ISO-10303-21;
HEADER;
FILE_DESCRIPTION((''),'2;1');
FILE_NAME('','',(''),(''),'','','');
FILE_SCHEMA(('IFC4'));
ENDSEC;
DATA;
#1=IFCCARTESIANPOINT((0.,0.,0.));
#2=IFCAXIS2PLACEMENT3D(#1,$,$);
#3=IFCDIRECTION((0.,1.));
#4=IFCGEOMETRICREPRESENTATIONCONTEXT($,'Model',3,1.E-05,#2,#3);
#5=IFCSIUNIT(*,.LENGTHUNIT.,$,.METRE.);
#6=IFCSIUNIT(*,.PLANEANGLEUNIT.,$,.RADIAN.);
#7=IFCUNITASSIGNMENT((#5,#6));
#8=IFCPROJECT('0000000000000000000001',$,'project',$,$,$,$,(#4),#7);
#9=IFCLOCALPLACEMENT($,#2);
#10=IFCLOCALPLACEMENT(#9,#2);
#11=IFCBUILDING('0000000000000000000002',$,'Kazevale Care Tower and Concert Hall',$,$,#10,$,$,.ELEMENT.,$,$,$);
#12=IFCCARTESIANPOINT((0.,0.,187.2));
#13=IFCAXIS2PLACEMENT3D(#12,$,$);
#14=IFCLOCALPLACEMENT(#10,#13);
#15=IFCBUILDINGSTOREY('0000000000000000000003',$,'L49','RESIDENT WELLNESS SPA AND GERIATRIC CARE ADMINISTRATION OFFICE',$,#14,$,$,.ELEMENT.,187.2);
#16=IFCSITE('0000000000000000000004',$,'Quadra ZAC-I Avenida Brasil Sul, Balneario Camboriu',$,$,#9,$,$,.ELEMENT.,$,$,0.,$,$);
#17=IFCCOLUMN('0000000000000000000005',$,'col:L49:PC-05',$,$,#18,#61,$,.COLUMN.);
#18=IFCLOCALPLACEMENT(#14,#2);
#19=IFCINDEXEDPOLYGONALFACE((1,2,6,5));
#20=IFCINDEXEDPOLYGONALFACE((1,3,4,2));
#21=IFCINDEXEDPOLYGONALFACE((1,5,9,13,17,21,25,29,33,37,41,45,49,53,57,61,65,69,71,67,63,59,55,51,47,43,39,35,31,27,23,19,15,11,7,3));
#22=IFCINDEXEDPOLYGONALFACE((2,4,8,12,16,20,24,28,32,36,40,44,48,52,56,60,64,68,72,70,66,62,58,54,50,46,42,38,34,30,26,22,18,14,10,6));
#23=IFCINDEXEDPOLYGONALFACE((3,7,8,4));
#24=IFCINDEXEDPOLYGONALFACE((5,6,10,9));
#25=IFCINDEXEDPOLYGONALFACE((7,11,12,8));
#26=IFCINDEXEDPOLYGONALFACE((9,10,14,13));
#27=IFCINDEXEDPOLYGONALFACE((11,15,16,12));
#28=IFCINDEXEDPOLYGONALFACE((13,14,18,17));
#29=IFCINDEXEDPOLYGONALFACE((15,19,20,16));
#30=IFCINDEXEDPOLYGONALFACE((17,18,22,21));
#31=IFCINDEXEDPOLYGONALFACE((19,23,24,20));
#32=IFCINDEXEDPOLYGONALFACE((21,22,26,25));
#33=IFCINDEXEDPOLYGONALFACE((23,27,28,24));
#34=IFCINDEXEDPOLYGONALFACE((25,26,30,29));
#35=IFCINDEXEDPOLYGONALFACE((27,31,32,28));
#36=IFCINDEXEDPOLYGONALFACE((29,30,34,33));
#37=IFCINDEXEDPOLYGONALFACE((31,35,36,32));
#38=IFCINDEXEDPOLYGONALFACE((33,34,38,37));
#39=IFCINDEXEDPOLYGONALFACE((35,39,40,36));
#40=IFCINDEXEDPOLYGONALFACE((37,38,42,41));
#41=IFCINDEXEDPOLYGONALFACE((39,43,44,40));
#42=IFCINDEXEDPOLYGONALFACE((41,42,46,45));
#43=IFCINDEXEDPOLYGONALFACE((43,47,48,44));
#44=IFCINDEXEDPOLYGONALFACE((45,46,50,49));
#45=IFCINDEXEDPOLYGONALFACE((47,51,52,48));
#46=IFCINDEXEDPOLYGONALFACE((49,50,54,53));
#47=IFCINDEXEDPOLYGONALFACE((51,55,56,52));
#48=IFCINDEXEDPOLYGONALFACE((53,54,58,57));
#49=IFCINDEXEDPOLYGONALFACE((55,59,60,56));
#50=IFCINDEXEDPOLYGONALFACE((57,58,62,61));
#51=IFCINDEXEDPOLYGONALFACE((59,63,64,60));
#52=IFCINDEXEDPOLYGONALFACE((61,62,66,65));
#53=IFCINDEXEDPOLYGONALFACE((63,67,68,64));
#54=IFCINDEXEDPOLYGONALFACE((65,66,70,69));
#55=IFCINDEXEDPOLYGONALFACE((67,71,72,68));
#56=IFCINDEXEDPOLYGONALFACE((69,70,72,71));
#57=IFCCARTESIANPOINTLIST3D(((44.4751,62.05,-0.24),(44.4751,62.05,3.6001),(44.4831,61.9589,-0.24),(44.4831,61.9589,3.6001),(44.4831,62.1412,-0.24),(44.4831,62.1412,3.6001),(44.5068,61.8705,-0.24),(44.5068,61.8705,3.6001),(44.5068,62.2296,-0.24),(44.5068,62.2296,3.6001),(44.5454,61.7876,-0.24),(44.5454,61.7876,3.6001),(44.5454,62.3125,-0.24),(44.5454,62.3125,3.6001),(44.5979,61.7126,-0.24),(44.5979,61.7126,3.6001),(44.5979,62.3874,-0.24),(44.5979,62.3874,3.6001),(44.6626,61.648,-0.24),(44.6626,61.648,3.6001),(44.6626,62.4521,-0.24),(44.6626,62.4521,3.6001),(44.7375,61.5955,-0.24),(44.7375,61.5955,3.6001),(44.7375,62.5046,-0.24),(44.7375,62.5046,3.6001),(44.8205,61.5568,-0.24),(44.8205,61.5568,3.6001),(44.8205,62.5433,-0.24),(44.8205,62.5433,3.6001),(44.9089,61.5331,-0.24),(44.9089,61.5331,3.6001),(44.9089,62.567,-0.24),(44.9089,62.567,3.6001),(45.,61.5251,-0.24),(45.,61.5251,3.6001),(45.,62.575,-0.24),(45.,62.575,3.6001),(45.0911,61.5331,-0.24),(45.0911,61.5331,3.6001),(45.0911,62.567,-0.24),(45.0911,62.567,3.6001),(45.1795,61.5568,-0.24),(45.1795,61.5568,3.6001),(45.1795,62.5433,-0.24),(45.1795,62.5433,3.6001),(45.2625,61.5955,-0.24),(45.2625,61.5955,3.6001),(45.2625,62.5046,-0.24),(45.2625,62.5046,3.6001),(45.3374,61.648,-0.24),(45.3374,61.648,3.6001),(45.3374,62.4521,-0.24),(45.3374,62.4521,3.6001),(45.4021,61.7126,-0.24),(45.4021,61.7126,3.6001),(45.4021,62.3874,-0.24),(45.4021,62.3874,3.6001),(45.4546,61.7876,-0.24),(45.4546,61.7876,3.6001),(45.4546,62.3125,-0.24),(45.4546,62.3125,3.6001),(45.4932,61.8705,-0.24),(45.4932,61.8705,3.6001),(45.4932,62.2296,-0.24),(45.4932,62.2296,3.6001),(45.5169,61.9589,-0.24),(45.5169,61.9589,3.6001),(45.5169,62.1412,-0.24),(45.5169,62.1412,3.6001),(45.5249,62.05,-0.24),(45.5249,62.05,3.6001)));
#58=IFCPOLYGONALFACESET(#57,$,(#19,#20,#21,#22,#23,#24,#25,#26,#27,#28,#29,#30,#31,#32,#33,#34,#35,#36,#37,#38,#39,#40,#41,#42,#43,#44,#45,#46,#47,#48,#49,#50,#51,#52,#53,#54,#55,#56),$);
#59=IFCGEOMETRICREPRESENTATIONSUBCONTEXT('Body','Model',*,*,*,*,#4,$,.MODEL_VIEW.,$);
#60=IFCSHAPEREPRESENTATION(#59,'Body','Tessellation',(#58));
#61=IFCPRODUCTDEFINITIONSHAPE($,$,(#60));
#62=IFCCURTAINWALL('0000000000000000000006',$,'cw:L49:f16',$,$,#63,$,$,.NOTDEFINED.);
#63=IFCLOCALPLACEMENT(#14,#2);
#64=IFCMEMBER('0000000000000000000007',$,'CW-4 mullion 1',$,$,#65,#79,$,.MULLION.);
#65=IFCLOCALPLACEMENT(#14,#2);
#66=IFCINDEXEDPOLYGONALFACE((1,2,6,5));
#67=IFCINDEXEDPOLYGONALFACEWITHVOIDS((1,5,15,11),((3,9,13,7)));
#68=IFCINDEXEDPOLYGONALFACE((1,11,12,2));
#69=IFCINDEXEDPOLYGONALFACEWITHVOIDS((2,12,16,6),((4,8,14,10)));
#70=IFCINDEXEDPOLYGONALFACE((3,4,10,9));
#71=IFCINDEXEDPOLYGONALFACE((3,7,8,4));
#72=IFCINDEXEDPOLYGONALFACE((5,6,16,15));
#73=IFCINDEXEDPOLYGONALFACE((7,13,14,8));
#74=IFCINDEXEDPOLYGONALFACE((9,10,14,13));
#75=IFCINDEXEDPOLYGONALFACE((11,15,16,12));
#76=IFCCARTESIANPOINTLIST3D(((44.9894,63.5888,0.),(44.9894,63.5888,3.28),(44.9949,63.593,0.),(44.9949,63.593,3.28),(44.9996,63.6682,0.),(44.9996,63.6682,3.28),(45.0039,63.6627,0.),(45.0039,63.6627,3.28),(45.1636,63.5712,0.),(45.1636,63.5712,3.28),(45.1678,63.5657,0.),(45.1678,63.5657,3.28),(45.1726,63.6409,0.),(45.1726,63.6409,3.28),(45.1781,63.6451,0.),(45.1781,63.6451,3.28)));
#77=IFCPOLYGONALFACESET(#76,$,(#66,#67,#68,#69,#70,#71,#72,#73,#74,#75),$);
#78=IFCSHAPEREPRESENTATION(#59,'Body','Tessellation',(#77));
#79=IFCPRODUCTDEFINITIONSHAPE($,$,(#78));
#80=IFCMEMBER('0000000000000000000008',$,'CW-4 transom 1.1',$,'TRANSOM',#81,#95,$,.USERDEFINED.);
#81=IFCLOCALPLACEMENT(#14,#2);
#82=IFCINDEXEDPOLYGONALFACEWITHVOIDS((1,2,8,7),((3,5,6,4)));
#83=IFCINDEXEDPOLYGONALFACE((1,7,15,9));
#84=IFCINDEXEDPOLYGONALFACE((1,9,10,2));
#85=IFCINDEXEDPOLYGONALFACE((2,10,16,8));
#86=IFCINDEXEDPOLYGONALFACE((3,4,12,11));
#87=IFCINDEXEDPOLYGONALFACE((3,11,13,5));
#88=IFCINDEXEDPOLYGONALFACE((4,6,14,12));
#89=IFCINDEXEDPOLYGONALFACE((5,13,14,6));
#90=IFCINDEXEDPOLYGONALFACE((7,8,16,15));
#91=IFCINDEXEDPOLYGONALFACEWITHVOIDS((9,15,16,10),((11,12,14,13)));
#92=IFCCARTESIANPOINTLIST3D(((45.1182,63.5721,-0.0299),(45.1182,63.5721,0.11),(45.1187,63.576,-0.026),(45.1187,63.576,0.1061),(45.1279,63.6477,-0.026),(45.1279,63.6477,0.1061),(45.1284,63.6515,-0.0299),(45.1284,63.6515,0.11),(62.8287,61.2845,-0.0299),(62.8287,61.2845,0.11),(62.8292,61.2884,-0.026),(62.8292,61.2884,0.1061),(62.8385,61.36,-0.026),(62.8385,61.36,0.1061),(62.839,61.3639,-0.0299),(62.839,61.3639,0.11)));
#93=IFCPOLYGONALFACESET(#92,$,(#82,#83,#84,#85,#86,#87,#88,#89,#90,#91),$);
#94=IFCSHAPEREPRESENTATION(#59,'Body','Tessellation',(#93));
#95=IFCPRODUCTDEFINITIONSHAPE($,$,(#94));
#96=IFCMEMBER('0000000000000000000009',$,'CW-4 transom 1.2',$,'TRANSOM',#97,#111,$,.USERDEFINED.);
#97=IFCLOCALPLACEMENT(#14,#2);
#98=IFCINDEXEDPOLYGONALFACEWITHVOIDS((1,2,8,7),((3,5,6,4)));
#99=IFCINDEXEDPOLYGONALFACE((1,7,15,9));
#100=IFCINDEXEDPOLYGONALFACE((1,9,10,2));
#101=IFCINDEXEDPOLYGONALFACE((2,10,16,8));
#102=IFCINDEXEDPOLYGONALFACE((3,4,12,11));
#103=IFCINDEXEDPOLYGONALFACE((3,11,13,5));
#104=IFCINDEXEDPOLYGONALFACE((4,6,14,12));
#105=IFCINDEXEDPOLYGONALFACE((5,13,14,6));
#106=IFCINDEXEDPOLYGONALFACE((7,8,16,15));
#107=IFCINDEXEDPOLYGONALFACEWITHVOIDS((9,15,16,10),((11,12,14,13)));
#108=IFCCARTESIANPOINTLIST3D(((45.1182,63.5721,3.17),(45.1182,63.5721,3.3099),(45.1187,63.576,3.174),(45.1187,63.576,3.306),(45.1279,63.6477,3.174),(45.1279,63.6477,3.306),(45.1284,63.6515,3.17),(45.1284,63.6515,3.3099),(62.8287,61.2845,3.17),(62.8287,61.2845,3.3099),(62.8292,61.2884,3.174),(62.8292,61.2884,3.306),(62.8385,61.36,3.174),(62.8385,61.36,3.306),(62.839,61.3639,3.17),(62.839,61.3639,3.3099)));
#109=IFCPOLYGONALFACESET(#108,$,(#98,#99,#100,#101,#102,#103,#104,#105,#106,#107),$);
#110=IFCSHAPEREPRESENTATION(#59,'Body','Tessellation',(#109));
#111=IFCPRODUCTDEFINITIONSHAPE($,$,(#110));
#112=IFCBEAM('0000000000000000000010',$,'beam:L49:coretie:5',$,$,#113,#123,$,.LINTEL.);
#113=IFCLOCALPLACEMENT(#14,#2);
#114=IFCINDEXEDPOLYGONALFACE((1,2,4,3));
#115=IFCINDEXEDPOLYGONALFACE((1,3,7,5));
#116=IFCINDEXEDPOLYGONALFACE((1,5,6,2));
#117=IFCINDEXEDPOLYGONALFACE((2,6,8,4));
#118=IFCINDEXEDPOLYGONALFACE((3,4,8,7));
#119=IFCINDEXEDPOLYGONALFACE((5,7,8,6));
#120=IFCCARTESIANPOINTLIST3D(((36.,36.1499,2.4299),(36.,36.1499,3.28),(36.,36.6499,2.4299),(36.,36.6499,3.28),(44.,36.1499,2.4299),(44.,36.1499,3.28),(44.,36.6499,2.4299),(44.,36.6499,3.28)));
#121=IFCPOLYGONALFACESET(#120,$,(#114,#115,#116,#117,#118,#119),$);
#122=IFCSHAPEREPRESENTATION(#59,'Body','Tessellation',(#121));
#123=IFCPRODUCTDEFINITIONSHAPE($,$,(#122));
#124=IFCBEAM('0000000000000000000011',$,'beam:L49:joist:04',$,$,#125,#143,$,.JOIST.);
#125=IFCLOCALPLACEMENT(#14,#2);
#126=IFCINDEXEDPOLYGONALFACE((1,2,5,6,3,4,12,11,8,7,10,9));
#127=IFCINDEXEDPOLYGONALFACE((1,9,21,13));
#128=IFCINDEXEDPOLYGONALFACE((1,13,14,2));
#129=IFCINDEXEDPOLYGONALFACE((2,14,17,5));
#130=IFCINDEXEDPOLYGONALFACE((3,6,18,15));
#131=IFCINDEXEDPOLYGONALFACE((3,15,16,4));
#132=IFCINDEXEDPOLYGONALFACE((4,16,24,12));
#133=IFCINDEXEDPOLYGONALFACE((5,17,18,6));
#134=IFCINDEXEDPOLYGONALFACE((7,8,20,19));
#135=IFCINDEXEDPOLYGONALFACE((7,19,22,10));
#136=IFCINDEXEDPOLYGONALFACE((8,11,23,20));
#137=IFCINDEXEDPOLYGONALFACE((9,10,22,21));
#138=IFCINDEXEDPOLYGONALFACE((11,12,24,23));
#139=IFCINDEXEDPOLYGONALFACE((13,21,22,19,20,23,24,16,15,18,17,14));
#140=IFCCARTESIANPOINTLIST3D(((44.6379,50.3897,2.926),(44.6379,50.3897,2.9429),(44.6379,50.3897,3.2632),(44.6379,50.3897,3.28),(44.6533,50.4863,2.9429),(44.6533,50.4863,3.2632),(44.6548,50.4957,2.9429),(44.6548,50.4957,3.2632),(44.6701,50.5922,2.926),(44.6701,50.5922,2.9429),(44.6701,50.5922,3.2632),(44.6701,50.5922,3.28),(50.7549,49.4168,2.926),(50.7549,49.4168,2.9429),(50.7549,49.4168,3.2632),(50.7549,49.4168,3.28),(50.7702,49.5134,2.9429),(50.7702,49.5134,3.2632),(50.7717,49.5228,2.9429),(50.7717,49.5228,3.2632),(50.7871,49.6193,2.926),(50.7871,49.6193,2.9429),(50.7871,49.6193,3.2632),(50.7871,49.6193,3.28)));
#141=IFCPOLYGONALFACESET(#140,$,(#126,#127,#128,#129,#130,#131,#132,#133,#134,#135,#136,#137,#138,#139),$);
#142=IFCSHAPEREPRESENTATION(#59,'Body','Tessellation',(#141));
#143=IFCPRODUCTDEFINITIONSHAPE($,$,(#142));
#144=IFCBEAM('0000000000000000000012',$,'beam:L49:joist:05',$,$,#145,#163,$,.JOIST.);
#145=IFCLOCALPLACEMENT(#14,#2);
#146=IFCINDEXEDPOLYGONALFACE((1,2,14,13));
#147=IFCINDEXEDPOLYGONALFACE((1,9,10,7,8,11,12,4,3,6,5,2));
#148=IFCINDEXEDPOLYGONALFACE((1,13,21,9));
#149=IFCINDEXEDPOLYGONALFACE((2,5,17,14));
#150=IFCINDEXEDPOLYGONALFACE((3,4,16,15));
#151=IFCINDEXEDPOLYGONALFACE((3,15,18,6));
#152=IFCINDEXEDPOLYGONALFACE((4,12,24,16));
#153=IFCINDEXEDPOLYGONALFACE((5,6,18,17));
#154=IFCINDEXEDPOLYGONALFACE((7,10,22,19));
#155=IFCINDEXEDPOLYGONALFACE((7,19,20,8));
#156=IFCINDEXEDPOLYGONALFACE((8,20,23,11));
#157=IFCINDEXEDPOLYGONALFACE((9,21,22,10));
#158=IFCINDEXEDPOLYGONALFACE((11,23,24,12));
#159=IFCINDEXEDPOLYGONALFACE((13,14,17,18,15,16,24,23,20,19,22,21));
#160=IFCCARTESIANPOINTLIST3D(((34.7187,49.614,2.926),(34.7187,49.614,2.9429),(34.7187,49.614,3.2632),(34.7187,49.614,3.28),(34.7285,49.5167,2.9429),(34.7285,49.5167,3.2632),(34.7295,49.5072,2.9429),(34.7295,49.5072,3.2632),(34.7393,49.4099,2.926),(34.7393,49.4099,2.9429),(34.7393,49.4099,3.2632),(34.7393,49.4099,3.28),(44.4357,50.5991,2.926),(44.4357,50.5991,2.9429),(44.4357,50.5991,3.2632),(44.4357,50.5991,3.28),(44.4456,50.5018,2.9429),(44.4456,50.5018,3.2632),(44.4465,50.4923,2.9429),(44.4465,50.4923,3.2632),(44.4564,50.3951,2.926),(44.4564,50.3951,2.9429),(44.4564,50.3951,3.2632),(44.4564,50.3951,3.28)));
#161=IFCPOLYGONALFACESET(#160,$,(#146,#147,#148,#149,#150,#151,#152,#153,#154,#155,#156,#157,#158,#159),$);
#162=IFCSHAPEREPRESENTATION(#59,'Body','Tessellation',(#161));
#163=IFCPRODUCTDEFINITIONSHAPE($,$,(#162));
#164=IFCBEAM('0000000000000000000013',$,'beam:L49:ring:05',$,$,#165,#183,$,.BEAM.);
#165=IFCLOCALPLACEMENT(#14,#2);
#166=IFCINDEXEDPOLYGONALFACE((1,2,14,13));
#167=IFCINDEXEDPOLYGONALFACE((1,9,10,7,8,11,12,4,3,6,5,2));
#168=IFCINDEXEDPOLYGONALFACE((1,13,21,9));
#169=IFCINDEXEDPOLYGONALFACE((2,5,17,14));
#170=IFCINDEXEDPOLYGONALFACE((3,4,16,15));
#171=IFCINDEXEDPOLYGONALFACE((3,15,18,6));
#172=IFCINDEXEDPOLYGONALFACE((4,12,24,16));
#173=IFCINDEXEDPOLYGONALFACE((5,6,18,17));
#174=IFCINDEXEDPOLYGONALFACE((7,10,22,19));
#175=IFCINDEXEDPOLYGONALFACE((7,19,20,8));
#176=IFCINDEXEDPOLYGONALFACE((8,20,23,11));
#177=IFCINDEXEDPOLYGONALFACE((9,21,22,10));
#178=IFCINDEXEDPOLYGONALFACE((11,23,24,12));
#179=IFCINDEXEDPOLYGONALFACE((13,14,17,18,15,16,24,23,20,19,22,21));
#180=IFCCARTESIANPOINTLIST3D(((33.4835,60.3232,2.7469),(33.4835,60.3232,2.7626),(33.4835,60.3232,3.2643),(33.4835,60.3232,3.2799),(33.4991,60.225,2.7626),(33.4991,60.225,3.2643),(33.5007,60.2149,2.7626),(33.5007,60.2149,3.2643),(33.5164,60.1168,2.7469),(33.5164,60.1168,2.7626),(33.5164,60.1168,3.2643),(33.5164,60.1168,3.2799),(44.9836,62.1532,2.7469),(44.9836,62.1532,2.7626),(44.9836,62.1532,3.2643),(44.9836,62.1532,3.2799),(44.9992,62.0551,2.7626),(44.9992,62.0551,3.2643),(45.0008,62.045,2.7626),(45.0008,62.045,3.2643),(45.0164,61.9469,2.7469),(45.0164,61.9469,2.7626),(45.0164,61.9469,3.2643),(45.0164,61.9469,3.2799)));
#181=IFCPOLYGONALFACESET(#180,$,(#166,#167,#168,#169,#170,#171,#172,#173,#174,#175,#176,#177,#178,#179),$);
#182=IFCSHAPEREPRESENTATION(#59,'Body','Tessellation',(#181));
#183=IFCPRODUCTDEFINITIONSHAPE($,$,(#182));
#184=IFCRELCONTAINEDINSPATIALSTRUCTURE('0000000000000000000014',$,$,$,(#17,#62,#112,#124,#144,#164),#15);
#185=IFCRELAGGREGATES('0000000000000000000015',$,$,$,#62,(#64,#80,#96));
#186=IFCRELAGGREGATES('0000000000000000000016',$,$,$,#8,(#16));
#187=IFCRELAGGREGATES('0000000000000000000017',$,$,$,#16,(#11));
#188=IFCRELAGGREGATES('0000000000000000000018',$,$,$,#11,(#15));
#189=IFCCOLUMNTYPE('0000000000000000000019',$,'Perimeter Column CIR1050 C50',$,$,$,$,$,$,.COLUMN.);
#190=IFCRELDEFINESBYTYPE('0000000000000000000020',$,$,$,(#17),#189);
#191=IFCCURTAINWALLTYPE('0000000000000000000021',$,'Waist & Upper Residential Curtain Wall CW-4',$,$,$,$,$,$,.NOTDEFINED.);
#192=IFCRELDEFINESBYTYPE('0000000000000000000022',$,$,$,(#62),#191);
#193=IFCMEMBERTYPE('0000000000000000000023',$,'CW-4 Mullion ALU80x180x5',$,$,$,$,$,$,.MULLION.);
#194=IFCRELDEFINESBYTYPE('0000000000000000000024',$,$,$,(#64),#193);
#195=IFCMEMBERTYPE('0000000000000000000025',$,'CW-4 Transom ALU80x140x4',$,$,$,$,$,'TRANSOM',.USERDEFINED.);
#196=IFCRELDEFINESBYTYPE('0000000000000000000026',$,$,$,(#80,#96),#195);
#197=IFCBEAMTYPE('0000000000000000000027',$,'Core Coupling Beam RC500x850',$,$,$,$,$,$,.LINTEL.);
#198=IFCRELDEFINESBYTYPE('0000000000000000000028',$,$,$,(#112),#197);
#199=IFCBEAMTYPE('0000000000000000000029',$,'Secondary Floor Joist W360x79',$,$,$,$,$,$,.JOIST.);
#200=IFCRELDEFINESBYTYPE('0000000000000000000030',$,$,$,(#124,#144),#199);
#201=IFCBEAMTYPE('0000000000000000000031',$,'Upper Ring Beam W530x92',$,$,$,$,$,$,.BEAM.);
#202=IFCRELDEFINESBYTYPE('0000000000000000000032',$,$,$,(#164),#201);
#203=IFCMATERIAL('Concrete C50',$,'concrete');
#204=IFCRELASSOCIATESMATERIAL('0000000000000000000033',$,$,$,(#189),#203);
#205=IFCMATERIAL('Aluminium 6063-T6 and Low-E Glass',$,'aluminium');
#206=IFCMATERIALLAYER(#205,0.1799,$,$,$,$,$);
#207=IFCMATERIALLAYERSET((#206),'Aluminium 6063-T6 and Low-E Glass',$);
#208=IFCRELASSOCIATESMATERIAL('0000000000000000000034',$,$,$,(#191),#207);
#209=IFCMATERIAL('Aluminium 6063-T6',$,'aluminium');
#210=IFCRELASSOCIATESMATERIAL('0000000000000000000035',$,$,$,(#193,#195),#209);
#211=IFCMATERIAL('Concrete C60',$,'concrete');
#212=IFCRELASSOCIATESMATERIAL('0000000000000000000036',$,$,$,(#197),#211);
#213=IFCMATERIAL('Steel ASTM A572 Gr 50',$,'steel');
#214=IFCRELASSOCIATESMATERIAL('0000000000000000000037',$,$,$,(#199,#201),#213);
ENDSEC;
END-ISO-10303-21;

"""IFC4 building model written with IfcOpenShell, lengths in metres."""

from ifc_helpers import new_model, si_unit, direction, frame, origin, origin_2d, place, context, subcontext, project, spatial, rectangle, hollow_rectangle, circle, i_section, extrude, material, layer, layer_set, material_profile, profile_set, type_object, element, aggregate, save


model = new_model("IFC4")

# Units and contexts
model_context = context("Model", 3, precision=1e-05, world=origin(), true_north=direction((0.0, 1.0)))
body_context = subcontext(model_context, "Body", "Model", "MODEL_VIEW")
ifc_project = project(units=[si_unit("LENGTHUNIT", "METRE"), si_unit("PLANEANGLEUNIT", "RADIAN")], contexts=[model_context])

# Site, building, storey
site_placement = place(None, origin())
site = spatial("IfcSite", under=ifc_project, at=site_placement, Name="Quadra ZAC-I Avenida Brasil Sul, Balneario Camboriu", CompositionType="ELEMENT", RefElevation=0.0)
building_placement = place(site_placement, origin())
building = spatial("IfcBuilding", under=site, at=building_placement, Name="Kazevale Care Tower and Concert Hall", CompositionType="ELEMENT")
storey_placement = place(building_placement, frame((0.0, 0.0, 187.2)))
storey = spatial("IfcBuildingStorey", under=building, at=storey_placement, Name="L49", Description="RESIDENT WELLNESS SPA AND GERIATRIC CARE ADMINISTRATION OFFICE", CompositionType="ELEMENT", Elevation=187.2)

# Column
ifc_material_1 = material(Name="Concrete C50", Category="concrete")
ifc_material_profile_1 = material_profile(ifc_material_1, circle(Radius=0.5249, at=origin_2d()), Name="RC-CIR1050")
ifc_profile_set_1 = profile_set([ifc_material_profile_1], Name="Concrete C50")
column_type = type_object("IfcColumnType", Name="Perimeter Column CIR1050 C50", PredefinedType="COLUMN", material=ifc_profile_set_1)
column_placement = place(storey_placement, frame((45.0, 62.05, -0.24), z_axis=(0.0, 0.0, 1.0), x_axis=(1.0, 0.0, 0.0)))
element("IfcColumn", 1, at=column_placement, inside=storey, type_object=column_type, Name="col:L49:PC-05", PredefinedType="COLUMN", context=body_context, shape_type="SweptSolid", body=[
    extrude(circle(Radius=0.5249, at=origin_2d()), origin(), (0.0, 0.0, 1.0), 3.8401),
])

# Curtain wall, members
ifc_material_2 = material(Name="Aluminium 6063-T6 and Low-E Glass", Category="aluminium")
ifc_layer_1 = layer(ifc_material_2, 0.1799)
ifc_layer_set_1 = layer_set([ifc_layer_1], Name="Aluminium 6063-T6 and Low-E Glass")
curtain_wall_type = type_object("IfcCurtainWallType", Name="Waist & Upper Residential Curtain Wall CW-4", PredefinedType="NOTDEFINED", material=ifc_layer_set_1)
curtain_wall_placement = place(storey_placement, origin())
curtain_wall = element("IfcCurtainWall", 2, at=curtain_wall_placement, inside=storey, type_object=curtain_wall_type, Name="cw:L49:f16", PredefinedType="NOTDEFINED")
ifc_material_3 = material(Name="Aluminium 6063-T6", Category="aluminium")
ifc_material_profile_2 = material_profile(ifc_material_3, hollow_rectangle(XDim=0.0801, YDim=0.1799, WallThickness=0.0049, at=origin_2d()), Name="ALU80x180x5")
ifc_profile_set_2 = profile_set([ifc_material_profile_2], Name="Aluminium 6063-T6")
member_type_1 = type_object("IfcMemberType", Name="CW-4 Mullion ALU80x180x5", PredefinedType="MULLION", material=ifc_profile_set_2)
member_1_placement = place(storey_placement, frame((45.0837, 63.6169, 0.0), z_axis=(0.0, 0.0, 1.0), x_axis=(0.128098, 0.991761, 0.0)))
member_1 = element("IfcMember", 3, at=member_1_placement, type_object=member_type_1, Name="CW-4 mullion 1", PredefinedType="MULLION", context=body_context, shape_type="SweptSolid", body=[
    extrude(hollow_rectangle(XDim=0.0801, YDim=0.1799, WallThickness=0.0049, at=origin_2d()), origin(), (0.0, 0.0, 1.0), 3.28),
])
ifc_material_profile_3 = material_profile(ifc_material_3, hollow_rectangle(XDim=0.0801, YDim=0.1399, WallThickness=0.0039, at=origin_2d()), Name="ALU80x140x4")
ifc_profile_set_3 = profile_set([ifc_material_profile_3], Name="Aluminium 6063-T6")
member_type_2 = type_object("IfcMemberType", Name="CW-4 Transom ALU80x140x4", ElementType="TRANSOM", PredefinedType="USERDEFINED", material=ifc_profile_set_3)
member_2_placement = place(storey_placement, frame((45.1233, 63.6118, 0.04), z_axis=(0.991761, -0.128102, 0.0), x_axis=(0.128102, 0.991761, 0.0)))
member_2 = element("IfcMember", 4, at=member_2_placement, type_object=member_type_2, Name="CW-4 transom 1.1", ObjectType="TRANSOM", PredefinedType="USERDEFINED", context=body_context, shape_type="SweptSolid", body=[
    extrude(hollow_rectangle(XDim=0.0801, YDim=0.1399, WallThickness=0.0039, at=origin_2d()), origin(), (0.0, 0.0, 1.0), 17.8577),
])
member_3_placement = place(storey_placement, frame((45.1233, 63.6118, 3.24), z_axis=(0.991761, -0.128102, 0.0), x_axis=(0.128102, 0.991761, 0.0)))
member_3 = element("IfcMember", 5, at=member_3_placement, type_object=member_type_2, Name="CW-4 transom 1.2", ObjectType="TRANSOM", PredefinedType="USERDEFINED", context=body_context, shape_type="SweptSolid", body=[
    extrude(hollow_rectangle(XDim=0.0801, YDim=0.1399, WallThickness=0.0039, at=origin_2d()), origin(), (0.0, 0.0, 1.0), 17.8577),
])
aggregate(curtain_wall, [member_1, member_2, member_3])

# Beams
ifc_material_4 = material(Name="Concrete C60", Category="concrete")
ifc_material_profile_4 = material_profile(ifc_material_4, rectangle(XDim=0.5, YDim=0.8501, at=origin_2d()), Name="RC-B500x850")
ifc_profile_set_4 = profile_set([ifc_material_profile_4], Name="Concrete C60")
beam_type_1 = type_object("IfcBeamType", Name="Core Coupling Beam RC500x850", PredefinedType="LINTEL", material=ifc_profile_set_4)
beam_1_placement = place(storey_placement, frame((44.0, 36.3999, 2.855), z_axis=(-1.0, 0.0, 0.0), x_axis=(0.0, -1.0, 0.0)))
element("IfcBeam", 6, at=beam_1_placement, inside=storey, type_object=beam_type_1, Name="beam:L49:coretie:5", PredefinedType="LINTEL", context=body_context, shape_type="SweptSolid", body=[
    extrude(rectangle(XDim=0.5, YDim=0.8501, at=origin_2d()), origin(), (0.0, 0.0, 1.0), 8.0),
])
ifc_material_5 = material(Name="Steel ASTM A572 Gr 50", Category="steel")
ifc_material_profile_5 = material_profile(ifc_material_5, i_section(OverallWidth=0.2051, OverallDepth=0.354, WebThickness=0.0095, FlangeThickness=0.0168, at=origin_2d()), Name="W360x79")
ifc_profile_set_5 = profile_set([ifc_material_profile_5], Name="Steel ASTM A572 Gr 50")
beam_type_2 = type_object("IfcBeamType", Name="Secondary Floor Joist W360x79", PredefinedType="JOIST", material=ifc_profile_set_5)
beam_2_placement = place(storey_placement, frame((50.771, 49.5181, 3.103), z_axis=(-0.987587, 0.157076, 0.0), x_axis=(-0.157076, -0.987587, 0.0)))
element("IfcBeam", 7, at=beam_2_placement, inside=storey, type_object=beam_type_2, Name="beam:L49:joist:04", PredefinedType="JOIST", context=body_context, shape_type="SweptSolid", body=[
    extrude(i_section(OverallWidth=0.2051, OverallDepth=0.354, WebThickness=0.0095, FlangeThickness=0.0168, at=origin_2d()), origin(), (0.0, 0.0, 1.0), 6.1938),
])
beam_3_placement = place(storey_placement, frame((44.446, 50.4971, 3.103), z_axis=(-0.9949, -0.100862, 0.0), x_axis=(0.100862, -0.9949, 0.0)))
element("IfcBeam", 8, at=beam_3_placement, inside=storey, type_object=beam_type_2, Name="beam:L49:joist:05", PredefinedType="JOIST", context=body_context, shape_type="SweptSolid", body=[
    extrude(i_section(OverallWidth=0.2051, OverallDepth=0.354, WebThickness=0.0095, FlangeThickness=0.0168, at=origin_2d()), origin(), (0.0, 0.0, 1.0), 9.7668),
])
ifc_material_profile_6 = material_profile(ifc_material_5, i_section(OverallWidth=0.209, OverallDepth=0.533, WebThickness=0.0103, FlangeThickness=0.0156, at=origin_2d()), Name="W530x92")
ifc_profile_set_6 = profile_set([ifc_material_profile_6], Name="Steel ASTM A572 Gr 50")
beam_type_3 = type_object("IfcBeamType", Name="Upper Ring Beam W530x92", PredefinedType="BEAM", material=ifc_profile_set_6)
beam_4_placement = place(storey_placement, frame((45.0, 62.05, 3.0134), z_axis=(-0.987573, -0.15716, 0.0), x_axis=(0.15716, -0.987573, 0.0)))
element("IfcBeam", 9, at=beam_4_placement, inside=storey, type_object=beam_type_3, Name="beam:L49:ring:05", PredefinedType="BEAM", context=body_context, shape_type="SweptSolid", body=[
    extrude(i_section(OverallWidth=0.209, OverallDepth=0.533, WebThickness=0.0103, FlangeThickness=0.0156, at=origin_2d()), origin(), (0.0, 0.0, 1.0), 11.6448),
])

save(model, "model.ifc")
